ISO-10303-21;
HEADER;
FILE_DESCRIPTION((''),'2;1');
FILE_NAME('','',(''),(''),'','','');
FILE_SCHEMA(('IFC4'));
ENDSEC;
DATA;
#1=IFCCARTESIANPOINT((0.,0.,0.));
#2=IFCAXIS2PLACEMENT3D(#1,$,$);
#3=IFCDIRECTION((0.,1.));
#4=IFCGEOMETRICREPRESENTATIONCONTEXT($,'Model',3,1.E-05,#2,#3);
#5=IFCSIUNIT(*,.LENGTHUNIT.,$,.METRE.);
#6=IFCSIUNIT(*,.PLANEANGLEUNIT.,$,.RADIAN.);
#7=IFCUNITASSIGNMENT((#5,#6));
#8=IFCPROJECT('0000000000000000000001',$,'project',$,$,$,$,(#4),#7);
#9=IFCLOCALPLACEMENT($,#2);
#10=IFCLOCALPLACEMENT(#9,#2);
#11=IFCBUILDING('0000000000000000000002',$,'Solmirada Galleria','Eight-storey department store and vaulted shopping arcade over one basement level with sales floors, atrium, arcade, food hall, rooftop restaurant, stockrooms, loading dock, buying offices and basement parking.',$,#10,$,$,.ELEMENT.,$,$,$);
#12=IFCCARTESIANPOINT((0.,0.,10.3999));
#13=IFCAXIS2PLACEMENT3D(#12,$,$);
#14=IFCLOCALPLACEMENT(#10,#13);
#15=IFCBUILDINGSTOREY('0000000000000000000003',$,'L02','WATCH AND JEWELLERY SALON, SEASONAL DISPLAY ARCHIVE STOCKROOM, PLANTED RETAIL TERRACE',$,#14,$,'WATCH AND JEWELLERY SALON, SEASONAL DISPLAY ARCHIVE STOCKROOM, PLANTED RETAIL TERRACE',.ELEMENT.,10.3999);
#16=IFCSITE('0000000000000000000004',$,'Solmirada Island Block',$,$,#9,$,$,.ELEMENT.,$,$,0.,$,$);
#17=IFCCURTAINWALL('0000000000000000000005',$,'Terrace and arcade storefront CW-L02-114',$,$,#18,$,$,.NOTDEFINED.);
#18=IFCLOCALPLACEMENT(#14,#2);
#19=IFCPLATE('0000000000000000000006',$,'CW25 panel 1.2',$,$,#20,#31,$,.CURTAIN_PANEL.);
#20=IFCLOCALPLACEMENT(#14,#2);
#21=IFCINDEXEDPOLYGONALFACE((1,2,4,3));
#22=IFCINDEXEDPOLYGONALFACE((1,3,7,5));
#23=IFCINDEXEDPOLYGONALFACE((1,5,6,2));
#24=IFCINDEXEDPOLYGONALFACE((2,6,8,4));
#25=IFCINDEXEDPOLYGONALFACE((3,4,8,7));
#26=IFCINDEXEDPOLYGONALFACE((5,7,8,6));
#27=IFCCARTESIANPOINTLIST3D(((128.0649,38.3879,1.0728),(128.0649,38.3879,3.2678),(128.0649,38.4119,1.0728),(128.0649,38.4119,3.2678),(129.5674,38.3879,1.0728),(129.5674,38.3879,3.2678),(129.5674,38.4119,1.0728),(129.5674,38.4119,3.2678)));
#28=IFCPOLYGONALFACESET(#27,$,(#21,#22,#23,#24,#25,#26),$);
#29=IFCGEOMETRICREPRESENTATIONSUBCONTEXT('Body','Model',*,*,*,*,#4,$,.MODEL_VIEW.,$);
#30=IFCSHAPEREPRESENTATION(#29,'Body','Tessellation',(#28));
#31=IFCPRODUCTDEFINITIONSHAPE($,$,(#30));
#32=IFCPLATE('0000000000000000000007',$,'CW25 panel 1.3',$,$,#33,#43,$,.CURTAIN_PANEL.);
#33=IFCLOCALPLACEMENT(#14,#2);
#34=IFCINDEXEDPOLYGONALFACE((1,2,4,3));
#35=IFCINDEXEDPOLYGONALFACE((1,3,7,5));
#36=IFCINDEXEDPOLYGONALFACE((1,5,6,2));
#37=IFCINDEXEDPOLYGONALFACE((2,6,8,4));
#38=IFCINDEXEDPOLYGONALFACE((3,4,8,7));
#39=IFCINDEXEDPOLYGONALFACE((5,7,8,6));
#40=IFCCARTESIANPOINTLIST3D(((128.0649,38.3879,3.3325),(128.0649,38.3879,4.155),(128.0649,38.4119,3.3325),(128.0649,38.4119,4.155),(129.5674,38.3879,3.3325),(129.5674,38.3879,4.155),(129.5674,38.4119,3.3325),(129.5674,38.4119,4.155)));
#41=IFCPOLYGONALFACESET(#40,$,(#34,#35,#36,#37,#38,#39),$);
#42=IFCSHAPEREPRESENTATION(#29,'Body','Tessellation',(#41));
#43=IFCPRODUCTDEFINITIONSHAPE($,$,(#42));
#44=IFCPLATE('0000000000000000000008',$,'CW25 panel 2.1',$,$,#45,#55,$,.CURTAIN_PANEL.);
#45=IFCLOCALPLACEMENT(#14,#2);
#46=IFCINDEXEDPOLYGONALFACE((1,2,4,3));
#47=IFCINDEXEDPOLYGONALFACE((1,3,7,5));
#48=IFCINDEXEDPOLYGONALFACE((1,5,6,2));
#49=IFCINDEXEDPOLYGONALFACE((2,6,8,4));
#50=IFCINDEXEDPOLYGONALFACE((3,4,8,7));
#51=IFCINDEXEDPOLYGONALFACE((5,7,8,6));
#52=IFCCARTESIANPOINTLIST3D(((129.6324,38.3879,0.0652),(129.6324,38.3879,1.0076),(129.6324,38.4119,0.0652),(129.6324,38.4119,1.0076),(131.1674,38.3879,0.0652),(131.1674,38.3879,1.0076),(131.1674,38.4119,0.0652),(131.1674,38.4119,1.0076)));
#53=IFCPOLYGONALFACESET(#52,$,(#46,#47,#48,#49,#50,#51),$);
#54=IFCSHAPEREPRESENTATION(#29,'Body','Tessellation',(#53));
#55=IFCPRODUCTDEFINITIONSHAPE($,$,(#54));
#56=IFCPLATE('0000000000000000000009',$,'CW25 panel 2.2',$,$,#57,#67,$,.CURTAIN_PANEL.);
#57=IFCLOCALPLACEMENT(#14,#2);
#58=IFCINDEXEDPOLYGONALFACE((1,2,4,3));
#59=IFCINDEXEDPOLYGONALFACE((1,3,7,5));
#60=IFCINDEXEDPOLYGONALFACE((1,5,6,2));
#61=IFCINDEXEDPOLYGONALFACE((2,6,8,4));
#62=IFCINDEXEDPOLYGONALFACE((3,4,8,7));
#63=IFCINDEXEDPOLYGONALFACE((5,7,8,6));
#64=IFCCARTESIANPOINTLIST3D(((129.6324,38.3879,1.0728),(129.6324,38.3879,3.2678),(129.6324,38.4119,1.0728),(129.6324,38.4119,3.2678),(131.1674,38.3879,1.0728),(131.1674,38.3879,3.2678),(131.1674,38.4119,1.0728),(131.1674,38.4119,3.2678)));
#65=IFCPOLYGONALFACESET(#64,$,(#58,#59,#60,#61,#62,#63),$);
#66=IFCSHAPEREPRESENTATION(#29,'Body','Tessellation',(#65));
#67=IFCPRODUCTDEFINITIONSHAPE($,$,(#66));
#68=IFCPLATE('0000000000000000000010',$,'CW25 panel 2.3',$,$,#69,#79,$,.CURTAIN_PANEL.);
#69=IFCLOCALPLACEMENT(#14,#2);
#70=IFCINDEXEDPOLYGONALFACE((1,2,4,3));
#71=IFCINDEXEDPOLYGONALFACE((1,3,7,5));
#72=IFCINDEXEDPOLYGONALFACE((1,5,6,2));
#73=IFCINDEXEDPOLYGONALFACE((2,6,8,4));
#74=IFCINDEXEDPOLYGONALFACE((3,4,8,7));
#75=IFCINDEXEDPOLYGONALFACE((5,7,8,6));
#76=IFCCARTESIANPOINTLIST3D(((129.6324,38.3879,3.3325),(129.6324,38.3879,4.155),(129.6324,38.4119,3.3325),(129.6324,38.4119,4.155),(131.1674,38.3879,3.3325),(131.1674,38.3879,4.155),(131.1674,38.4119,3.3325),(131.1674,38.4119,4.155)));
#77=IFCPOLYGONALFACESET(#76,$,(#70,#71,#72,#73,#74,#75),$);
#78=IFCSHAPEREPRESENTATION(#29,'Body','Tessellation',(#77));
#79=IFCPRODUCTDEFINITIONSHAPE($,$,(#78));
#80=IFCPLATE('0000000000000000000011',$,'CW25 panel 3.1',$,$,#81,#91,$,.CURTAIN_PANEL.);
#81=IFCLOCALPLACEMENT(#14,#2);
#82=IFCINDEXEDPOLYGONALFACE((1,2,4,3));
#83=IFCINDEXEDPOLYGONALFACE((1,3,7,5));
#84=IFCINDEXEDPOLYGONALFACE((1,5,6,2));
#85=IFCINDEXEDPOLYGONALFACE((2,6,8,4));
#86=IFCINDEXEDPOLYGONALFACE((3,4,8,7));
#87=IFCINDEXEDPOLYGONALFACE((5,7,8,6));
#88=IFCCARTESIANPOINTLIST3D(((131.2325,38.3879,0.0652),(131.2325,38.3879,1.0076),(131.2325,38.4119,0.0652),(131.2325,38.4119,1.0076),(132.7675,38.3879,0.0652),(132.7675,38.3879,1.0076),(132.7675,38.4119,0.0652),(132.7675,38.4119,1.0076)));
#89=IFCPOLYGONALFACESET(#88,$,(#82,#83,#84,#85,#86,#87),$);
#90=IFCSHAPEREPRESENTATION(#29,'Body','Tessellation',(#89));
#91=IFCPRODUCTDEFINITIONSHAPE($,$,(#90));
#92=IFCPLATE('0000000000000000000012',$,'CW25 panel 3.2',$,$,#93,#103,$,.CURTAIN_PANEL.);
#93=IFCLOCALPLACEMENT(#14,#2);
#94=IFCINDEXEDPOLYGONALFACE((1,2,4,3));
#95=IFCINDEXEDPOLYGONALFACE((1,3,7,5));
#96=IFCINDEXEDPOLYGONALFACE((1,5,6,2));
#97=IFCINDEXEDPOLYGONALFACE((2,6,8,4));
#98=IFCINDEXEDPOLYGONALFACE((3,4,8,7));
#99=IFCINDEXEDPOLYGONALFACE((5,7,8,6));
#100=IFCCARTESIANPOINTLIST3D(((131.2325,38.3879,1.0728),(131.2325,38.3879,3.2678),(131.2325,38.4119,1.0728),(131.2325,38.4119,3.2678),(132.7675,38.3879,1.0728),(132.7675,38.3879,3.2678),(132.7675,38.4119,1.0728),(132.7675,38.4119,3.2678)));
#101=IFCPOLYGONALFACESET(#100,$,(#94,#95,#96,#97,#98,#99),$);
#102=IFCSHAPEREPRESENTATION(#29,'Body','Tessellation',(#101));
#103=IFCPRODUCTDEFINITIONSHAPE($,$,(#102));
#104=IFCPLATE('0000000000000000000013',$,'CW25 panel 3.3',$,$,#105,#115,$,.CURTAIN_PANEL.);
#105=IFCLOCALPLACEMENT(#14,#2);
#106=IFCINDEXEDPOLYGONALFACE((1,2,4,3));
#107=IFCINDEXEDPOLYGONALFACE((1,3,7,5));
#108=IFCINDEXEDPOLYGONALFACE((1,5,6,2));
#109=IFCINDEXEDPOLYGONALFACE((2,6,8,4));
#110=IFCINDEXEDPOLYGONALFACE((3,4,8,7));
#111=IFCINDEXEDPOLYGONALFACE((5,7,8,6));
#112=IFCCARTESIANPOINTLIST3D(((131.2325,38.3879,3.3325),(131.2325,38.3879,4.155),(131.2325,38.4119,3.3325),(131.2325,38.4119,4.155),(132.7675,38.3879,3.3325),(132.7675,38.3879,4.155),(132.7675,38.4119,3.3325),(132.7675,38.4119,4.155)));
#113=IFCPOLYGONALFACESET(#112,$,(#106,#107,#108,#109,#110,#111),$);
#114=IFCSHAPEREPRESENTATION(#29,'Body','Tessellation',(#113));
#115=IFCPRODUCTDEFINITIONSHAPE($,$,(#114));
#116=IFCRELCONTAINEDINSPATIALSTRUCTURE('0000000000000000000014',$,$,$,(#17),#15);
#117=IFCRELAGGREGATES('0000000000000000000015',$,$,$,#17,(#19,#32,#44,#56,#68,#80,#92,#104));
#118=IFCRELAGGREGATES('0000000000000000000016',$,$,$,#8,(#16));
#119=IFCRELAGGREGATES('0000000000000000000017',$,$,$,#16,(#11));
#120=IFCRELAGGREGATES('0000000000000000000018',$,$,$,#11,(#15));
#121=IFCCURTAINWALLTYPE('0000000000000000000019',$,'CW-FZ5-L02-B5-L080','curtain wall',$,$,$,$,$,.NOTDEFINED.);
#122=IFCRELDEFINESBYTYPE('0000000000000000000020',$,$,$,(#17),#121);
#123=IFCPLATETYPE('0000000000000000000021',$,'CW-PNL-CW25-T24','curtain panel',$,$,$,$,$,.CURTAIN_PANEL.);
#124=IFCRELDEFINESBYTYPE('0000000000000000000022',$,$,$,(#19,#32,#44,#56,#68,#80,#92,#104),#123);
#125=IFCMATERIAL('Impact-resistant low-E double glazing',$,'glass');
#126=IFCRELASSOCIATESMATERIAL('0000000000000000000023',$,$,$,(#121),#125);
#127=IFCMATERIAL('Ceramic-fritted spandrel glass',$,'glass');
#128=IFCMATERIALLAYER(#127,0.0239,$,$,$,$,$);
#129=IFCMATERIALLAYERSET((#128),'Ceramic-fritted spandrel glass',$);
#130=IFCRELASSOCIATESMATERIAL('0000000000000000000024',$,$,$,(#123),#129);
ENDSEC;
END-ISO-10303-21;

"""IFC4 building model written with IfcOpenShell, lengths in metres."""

from ifc_helpers import new_model, si_unit, direction, frame, origin, origin_2d, place, context, subcontext, project, spatial, rectangle, extrude, material, layer, layer_set, type_object, element, aggregate, save


model = new_model("IFC4")

# Units and contexts
model_context = context("Model", 3, precision=1e-05, world=origin(), true_north=direction((0.0, 1.0)))
body_context = subcontext(model_context, "Body", "Model", "MODEL_VIEW")
ifc_project = project(units=[si_unit("LENGTHUNIT", "METRE"), si_unit("PLANEANGLEUNIT", "RADIAN")], contexts=[model_context])

# Site, building, storey
site_placement = place(None, origin())
site = spatial("IfcSite", under=ifc_project, at=site_placement, Name="Solmirada Island Block", CompositionType="ELEMENT", RefElevation=0.0)
building_placement = place(site_placement, origin())
building = spatial("IfcBuilding", under=site, at=building_placement, Name="Solmirada Galleria", Description="Eight-storey department store and vaulted shopping arcade over one basement level with sales floors, atrium, arcade, food hall, rooftop restaurant, stockrooms, loading dock, buying offices and basement parking.", CompositionType="ELEMENT")
storey_placement = place(building_placement, frame((0.0, 0.0, 10.3999)))
storey = spatial("IfcBuildingStorey", under=building, at=storey_placement, Name="L02", Description="WATCH AND JEWELLERY SALON, SEASONAL DISPLAY ARCHIVE STOCKROOM, PLANTED RETAIL TERRACE", LongName="WATCH AND JEWELLERY SALON, SEASONAL DISPLAY ARCHIVE STOCKROOM, PLANTED RETAIL TERRACE", CompositionType="ELEMENT", Elevation=10.3999)

# Shared definitions
ifc_material_1 = material(Name="Impact-resistant low-E double glazing", Category="glass")
curtain_wall_type = type_object("IfcCurtainWallType", Name="CW-FZ5-L02-B5-L080", Description="curtain wall", PredefinedType="NOTDEFINED", material=ifc_material_1)

# Curtain wall
curtain_wall_1_placement = place(storey_placement, origin())
curtain_wall_1 = element("IfcCurtainWall", 1, at=curtain_wall_1_placement, inside=storey, type_object=curtain_wall_type, Name="Terrace and arcade storefront CW-L02-114", PredefinedType="NOTDEFINED")

# Plates
ifc_material_2 = material(Name="Ceramic-fritted spandrel glass", Category="glass")
ifc_layer_1 = layer(ifc_material_2, 0.0239)
ifc_layer_set_1 = layer_set([ifc_layer_1], Name="Ceramic-fritted spandrel glass")
plate_type = type_object("IfcPlateType", Name="CW-PNL-CW25-T24", Description="curtain panel", PredefinedType="CURTAIN_PANEL", material=ifc_layer_set_1)
plate_1_placement = place(storey_placement, frame((128.8162, 38.3999, 1.0728), z_axis=(0.0, 0.0, 1.0), x_axis=(1.0, 0.0, 0.0)))
plate_1 = element("IfcPlate", 2, at=plate_1_placement, type_object=plate_type, Name="CW25 panel 1.2", PredefinedType="CURTAIN_PANEL", context=body_context, shape_type="SweptSolid", body=[
    extrude(rectangle(XDim=1.5024, YDim=0.0239, at=origin_2d()), origin(), (0.0, 0.0, 1.0), 2.1951),
])
plate_2_placement = place(storey_placement, frame((128.8162, 38.3999, 3.3325), z_axis=(0.0, 0.0, 1.0), x_axis=(1.0, 0.0, 0.0)))
plate_2 = element("IfcPlate", 3, at=plate_2_placement, type_object=plate_type, Name="CW25 panel 1.3", PredefinedType="CURTAIN_PANEL", context=body_context, shape_type="SweptSolid", body=[
    extrude(rectangle(XDim=1.5024, YDim=0.0239, at=origin_2d()), origin(), (0.0, 0.0, 1.0), 0.8225),
])
plate_3_placement = place(storey_placement, frame((130.3999, 38.3999, 0.0652), z_axis=(0.0, 0.0, 1.0), x_axis=(1.0, 0.0, 0.0)))
plate_3 = element("IfcPlate", 4, at=plate_3_placement, type_object=plate_type, Name="CW25 panel 2.1", PredefinedType="CURTAIN_PANEL", context=body_context, shape_type="SweptSolid", body=[
    extrude(rectangle(XDim=1.5349, YDim=0.0239, at=origin_2d()), origin(), (0.0, 0.0, 1.0), 0.9424),
])
plate_4_placement = place(storey_placement, frame((130.3999, 38.3999, 1.0728), z_axis=(0.0, 0.0, 1.0), x_axis=(1.0, 0.0, 0.0)))
plate_4 = element("IfcPlate", 5, at=plate_4_placement, type_object=plate_type, Name="CW25 panel 2.2", PredefinedType="CURTAIN_PANEL", context=body_context, shape_type="SweptSolid", body=[
    extrude(rectangle(XDim=1.5349, YDim=0.0239, at=origin_2d()), origin(), (0.0, 0.0, 1.0), 2.1951),
])
plate_5_placement = place(storey_placement, frame((130.3999, 38.3999, 3.3325), z_axis=(0.0, 0.0, 1.0), x_axis=(1.0, 0.0, 0.0)))
plate_5 = element("IfcPlate", 6, at=plate_5_placement, type_object=plate_type, Name="CW25 panel 2.3", PredefinedType="CURTAIN_PANEL", context=body_context, shape_type="SweptSolid", body=[
    extrude(rectangle(XDim=1.5349, YDim=0.0239, at=origin_2d()), origin(), (0.0, 0.0, 1.0), 0.8225),
])
plate_6_placement = place(storey_placement, frame((132.0, 38.3999, 0.0652), z_axis=(0.0, 0.0, 1.0), x_axis=(1.0, 0.0, 0.0)))
plate_6 = element("IfcPlate", 7, at=plate_6_placement, type_object=plate_type, Name="CW25 panel 3.1", PredefinedType="CURTAIN_PANEL", context=body_context, shape_type="SweptSolid", body=[
    extrude(rectangle(XDim=1.5349, YDim=0.0239, at=origin_2d()), origin(), (0.0, 0.0, 1.0), 0.9424),
])
plate_7_placement = place(storey_placement, frame((132.0, 38.3999, 1.0728), z_axis=(0.0, 0.0, 1.0), x_axis=(1.0, 0.0, 0.0)))
plate_7 = element("IfcPlate", 8, at=plate_7_placement, type_object=plate_type, Name="CW25 panel 3.2", PredefinedType="CURTAIN_PANEL", context=body_context, shape_type="SweptSolid", body=[
    extrude(rectangle(XDim=1.5349, YDim=0.0239, at=origin_2d()), origin(), (0.0, 0.0, 1.0), 2.1951),
])
plate_8_placement = place(storey_placement, frame((132.0, 38.3999, 3.3325), z_axis=(0.0, 0.0, 1.0), x_axis=(1.0, 0.0, 0.0)))
plate_8 = element("IfcPlate", 9, at=plate_8_placement, type_object=plate_type, Name="CW25 panel 3.3", PredefinedType="CURTAIN_PANEL", context=body_context, shape_type="SweptSolid", body=[
    extrude(rectangle(XDim=1.5349, YDim=0.0239, at=origin_2d()), origin(), (0.0, 0.0, 1.0), 0.8225),
])
aggregate(curtain_wall_1, [plate_1, plate_2, plate_3, plate_4, plate_5, plate_6, plate_7, plate_8])

save(model, "model.ifc")
